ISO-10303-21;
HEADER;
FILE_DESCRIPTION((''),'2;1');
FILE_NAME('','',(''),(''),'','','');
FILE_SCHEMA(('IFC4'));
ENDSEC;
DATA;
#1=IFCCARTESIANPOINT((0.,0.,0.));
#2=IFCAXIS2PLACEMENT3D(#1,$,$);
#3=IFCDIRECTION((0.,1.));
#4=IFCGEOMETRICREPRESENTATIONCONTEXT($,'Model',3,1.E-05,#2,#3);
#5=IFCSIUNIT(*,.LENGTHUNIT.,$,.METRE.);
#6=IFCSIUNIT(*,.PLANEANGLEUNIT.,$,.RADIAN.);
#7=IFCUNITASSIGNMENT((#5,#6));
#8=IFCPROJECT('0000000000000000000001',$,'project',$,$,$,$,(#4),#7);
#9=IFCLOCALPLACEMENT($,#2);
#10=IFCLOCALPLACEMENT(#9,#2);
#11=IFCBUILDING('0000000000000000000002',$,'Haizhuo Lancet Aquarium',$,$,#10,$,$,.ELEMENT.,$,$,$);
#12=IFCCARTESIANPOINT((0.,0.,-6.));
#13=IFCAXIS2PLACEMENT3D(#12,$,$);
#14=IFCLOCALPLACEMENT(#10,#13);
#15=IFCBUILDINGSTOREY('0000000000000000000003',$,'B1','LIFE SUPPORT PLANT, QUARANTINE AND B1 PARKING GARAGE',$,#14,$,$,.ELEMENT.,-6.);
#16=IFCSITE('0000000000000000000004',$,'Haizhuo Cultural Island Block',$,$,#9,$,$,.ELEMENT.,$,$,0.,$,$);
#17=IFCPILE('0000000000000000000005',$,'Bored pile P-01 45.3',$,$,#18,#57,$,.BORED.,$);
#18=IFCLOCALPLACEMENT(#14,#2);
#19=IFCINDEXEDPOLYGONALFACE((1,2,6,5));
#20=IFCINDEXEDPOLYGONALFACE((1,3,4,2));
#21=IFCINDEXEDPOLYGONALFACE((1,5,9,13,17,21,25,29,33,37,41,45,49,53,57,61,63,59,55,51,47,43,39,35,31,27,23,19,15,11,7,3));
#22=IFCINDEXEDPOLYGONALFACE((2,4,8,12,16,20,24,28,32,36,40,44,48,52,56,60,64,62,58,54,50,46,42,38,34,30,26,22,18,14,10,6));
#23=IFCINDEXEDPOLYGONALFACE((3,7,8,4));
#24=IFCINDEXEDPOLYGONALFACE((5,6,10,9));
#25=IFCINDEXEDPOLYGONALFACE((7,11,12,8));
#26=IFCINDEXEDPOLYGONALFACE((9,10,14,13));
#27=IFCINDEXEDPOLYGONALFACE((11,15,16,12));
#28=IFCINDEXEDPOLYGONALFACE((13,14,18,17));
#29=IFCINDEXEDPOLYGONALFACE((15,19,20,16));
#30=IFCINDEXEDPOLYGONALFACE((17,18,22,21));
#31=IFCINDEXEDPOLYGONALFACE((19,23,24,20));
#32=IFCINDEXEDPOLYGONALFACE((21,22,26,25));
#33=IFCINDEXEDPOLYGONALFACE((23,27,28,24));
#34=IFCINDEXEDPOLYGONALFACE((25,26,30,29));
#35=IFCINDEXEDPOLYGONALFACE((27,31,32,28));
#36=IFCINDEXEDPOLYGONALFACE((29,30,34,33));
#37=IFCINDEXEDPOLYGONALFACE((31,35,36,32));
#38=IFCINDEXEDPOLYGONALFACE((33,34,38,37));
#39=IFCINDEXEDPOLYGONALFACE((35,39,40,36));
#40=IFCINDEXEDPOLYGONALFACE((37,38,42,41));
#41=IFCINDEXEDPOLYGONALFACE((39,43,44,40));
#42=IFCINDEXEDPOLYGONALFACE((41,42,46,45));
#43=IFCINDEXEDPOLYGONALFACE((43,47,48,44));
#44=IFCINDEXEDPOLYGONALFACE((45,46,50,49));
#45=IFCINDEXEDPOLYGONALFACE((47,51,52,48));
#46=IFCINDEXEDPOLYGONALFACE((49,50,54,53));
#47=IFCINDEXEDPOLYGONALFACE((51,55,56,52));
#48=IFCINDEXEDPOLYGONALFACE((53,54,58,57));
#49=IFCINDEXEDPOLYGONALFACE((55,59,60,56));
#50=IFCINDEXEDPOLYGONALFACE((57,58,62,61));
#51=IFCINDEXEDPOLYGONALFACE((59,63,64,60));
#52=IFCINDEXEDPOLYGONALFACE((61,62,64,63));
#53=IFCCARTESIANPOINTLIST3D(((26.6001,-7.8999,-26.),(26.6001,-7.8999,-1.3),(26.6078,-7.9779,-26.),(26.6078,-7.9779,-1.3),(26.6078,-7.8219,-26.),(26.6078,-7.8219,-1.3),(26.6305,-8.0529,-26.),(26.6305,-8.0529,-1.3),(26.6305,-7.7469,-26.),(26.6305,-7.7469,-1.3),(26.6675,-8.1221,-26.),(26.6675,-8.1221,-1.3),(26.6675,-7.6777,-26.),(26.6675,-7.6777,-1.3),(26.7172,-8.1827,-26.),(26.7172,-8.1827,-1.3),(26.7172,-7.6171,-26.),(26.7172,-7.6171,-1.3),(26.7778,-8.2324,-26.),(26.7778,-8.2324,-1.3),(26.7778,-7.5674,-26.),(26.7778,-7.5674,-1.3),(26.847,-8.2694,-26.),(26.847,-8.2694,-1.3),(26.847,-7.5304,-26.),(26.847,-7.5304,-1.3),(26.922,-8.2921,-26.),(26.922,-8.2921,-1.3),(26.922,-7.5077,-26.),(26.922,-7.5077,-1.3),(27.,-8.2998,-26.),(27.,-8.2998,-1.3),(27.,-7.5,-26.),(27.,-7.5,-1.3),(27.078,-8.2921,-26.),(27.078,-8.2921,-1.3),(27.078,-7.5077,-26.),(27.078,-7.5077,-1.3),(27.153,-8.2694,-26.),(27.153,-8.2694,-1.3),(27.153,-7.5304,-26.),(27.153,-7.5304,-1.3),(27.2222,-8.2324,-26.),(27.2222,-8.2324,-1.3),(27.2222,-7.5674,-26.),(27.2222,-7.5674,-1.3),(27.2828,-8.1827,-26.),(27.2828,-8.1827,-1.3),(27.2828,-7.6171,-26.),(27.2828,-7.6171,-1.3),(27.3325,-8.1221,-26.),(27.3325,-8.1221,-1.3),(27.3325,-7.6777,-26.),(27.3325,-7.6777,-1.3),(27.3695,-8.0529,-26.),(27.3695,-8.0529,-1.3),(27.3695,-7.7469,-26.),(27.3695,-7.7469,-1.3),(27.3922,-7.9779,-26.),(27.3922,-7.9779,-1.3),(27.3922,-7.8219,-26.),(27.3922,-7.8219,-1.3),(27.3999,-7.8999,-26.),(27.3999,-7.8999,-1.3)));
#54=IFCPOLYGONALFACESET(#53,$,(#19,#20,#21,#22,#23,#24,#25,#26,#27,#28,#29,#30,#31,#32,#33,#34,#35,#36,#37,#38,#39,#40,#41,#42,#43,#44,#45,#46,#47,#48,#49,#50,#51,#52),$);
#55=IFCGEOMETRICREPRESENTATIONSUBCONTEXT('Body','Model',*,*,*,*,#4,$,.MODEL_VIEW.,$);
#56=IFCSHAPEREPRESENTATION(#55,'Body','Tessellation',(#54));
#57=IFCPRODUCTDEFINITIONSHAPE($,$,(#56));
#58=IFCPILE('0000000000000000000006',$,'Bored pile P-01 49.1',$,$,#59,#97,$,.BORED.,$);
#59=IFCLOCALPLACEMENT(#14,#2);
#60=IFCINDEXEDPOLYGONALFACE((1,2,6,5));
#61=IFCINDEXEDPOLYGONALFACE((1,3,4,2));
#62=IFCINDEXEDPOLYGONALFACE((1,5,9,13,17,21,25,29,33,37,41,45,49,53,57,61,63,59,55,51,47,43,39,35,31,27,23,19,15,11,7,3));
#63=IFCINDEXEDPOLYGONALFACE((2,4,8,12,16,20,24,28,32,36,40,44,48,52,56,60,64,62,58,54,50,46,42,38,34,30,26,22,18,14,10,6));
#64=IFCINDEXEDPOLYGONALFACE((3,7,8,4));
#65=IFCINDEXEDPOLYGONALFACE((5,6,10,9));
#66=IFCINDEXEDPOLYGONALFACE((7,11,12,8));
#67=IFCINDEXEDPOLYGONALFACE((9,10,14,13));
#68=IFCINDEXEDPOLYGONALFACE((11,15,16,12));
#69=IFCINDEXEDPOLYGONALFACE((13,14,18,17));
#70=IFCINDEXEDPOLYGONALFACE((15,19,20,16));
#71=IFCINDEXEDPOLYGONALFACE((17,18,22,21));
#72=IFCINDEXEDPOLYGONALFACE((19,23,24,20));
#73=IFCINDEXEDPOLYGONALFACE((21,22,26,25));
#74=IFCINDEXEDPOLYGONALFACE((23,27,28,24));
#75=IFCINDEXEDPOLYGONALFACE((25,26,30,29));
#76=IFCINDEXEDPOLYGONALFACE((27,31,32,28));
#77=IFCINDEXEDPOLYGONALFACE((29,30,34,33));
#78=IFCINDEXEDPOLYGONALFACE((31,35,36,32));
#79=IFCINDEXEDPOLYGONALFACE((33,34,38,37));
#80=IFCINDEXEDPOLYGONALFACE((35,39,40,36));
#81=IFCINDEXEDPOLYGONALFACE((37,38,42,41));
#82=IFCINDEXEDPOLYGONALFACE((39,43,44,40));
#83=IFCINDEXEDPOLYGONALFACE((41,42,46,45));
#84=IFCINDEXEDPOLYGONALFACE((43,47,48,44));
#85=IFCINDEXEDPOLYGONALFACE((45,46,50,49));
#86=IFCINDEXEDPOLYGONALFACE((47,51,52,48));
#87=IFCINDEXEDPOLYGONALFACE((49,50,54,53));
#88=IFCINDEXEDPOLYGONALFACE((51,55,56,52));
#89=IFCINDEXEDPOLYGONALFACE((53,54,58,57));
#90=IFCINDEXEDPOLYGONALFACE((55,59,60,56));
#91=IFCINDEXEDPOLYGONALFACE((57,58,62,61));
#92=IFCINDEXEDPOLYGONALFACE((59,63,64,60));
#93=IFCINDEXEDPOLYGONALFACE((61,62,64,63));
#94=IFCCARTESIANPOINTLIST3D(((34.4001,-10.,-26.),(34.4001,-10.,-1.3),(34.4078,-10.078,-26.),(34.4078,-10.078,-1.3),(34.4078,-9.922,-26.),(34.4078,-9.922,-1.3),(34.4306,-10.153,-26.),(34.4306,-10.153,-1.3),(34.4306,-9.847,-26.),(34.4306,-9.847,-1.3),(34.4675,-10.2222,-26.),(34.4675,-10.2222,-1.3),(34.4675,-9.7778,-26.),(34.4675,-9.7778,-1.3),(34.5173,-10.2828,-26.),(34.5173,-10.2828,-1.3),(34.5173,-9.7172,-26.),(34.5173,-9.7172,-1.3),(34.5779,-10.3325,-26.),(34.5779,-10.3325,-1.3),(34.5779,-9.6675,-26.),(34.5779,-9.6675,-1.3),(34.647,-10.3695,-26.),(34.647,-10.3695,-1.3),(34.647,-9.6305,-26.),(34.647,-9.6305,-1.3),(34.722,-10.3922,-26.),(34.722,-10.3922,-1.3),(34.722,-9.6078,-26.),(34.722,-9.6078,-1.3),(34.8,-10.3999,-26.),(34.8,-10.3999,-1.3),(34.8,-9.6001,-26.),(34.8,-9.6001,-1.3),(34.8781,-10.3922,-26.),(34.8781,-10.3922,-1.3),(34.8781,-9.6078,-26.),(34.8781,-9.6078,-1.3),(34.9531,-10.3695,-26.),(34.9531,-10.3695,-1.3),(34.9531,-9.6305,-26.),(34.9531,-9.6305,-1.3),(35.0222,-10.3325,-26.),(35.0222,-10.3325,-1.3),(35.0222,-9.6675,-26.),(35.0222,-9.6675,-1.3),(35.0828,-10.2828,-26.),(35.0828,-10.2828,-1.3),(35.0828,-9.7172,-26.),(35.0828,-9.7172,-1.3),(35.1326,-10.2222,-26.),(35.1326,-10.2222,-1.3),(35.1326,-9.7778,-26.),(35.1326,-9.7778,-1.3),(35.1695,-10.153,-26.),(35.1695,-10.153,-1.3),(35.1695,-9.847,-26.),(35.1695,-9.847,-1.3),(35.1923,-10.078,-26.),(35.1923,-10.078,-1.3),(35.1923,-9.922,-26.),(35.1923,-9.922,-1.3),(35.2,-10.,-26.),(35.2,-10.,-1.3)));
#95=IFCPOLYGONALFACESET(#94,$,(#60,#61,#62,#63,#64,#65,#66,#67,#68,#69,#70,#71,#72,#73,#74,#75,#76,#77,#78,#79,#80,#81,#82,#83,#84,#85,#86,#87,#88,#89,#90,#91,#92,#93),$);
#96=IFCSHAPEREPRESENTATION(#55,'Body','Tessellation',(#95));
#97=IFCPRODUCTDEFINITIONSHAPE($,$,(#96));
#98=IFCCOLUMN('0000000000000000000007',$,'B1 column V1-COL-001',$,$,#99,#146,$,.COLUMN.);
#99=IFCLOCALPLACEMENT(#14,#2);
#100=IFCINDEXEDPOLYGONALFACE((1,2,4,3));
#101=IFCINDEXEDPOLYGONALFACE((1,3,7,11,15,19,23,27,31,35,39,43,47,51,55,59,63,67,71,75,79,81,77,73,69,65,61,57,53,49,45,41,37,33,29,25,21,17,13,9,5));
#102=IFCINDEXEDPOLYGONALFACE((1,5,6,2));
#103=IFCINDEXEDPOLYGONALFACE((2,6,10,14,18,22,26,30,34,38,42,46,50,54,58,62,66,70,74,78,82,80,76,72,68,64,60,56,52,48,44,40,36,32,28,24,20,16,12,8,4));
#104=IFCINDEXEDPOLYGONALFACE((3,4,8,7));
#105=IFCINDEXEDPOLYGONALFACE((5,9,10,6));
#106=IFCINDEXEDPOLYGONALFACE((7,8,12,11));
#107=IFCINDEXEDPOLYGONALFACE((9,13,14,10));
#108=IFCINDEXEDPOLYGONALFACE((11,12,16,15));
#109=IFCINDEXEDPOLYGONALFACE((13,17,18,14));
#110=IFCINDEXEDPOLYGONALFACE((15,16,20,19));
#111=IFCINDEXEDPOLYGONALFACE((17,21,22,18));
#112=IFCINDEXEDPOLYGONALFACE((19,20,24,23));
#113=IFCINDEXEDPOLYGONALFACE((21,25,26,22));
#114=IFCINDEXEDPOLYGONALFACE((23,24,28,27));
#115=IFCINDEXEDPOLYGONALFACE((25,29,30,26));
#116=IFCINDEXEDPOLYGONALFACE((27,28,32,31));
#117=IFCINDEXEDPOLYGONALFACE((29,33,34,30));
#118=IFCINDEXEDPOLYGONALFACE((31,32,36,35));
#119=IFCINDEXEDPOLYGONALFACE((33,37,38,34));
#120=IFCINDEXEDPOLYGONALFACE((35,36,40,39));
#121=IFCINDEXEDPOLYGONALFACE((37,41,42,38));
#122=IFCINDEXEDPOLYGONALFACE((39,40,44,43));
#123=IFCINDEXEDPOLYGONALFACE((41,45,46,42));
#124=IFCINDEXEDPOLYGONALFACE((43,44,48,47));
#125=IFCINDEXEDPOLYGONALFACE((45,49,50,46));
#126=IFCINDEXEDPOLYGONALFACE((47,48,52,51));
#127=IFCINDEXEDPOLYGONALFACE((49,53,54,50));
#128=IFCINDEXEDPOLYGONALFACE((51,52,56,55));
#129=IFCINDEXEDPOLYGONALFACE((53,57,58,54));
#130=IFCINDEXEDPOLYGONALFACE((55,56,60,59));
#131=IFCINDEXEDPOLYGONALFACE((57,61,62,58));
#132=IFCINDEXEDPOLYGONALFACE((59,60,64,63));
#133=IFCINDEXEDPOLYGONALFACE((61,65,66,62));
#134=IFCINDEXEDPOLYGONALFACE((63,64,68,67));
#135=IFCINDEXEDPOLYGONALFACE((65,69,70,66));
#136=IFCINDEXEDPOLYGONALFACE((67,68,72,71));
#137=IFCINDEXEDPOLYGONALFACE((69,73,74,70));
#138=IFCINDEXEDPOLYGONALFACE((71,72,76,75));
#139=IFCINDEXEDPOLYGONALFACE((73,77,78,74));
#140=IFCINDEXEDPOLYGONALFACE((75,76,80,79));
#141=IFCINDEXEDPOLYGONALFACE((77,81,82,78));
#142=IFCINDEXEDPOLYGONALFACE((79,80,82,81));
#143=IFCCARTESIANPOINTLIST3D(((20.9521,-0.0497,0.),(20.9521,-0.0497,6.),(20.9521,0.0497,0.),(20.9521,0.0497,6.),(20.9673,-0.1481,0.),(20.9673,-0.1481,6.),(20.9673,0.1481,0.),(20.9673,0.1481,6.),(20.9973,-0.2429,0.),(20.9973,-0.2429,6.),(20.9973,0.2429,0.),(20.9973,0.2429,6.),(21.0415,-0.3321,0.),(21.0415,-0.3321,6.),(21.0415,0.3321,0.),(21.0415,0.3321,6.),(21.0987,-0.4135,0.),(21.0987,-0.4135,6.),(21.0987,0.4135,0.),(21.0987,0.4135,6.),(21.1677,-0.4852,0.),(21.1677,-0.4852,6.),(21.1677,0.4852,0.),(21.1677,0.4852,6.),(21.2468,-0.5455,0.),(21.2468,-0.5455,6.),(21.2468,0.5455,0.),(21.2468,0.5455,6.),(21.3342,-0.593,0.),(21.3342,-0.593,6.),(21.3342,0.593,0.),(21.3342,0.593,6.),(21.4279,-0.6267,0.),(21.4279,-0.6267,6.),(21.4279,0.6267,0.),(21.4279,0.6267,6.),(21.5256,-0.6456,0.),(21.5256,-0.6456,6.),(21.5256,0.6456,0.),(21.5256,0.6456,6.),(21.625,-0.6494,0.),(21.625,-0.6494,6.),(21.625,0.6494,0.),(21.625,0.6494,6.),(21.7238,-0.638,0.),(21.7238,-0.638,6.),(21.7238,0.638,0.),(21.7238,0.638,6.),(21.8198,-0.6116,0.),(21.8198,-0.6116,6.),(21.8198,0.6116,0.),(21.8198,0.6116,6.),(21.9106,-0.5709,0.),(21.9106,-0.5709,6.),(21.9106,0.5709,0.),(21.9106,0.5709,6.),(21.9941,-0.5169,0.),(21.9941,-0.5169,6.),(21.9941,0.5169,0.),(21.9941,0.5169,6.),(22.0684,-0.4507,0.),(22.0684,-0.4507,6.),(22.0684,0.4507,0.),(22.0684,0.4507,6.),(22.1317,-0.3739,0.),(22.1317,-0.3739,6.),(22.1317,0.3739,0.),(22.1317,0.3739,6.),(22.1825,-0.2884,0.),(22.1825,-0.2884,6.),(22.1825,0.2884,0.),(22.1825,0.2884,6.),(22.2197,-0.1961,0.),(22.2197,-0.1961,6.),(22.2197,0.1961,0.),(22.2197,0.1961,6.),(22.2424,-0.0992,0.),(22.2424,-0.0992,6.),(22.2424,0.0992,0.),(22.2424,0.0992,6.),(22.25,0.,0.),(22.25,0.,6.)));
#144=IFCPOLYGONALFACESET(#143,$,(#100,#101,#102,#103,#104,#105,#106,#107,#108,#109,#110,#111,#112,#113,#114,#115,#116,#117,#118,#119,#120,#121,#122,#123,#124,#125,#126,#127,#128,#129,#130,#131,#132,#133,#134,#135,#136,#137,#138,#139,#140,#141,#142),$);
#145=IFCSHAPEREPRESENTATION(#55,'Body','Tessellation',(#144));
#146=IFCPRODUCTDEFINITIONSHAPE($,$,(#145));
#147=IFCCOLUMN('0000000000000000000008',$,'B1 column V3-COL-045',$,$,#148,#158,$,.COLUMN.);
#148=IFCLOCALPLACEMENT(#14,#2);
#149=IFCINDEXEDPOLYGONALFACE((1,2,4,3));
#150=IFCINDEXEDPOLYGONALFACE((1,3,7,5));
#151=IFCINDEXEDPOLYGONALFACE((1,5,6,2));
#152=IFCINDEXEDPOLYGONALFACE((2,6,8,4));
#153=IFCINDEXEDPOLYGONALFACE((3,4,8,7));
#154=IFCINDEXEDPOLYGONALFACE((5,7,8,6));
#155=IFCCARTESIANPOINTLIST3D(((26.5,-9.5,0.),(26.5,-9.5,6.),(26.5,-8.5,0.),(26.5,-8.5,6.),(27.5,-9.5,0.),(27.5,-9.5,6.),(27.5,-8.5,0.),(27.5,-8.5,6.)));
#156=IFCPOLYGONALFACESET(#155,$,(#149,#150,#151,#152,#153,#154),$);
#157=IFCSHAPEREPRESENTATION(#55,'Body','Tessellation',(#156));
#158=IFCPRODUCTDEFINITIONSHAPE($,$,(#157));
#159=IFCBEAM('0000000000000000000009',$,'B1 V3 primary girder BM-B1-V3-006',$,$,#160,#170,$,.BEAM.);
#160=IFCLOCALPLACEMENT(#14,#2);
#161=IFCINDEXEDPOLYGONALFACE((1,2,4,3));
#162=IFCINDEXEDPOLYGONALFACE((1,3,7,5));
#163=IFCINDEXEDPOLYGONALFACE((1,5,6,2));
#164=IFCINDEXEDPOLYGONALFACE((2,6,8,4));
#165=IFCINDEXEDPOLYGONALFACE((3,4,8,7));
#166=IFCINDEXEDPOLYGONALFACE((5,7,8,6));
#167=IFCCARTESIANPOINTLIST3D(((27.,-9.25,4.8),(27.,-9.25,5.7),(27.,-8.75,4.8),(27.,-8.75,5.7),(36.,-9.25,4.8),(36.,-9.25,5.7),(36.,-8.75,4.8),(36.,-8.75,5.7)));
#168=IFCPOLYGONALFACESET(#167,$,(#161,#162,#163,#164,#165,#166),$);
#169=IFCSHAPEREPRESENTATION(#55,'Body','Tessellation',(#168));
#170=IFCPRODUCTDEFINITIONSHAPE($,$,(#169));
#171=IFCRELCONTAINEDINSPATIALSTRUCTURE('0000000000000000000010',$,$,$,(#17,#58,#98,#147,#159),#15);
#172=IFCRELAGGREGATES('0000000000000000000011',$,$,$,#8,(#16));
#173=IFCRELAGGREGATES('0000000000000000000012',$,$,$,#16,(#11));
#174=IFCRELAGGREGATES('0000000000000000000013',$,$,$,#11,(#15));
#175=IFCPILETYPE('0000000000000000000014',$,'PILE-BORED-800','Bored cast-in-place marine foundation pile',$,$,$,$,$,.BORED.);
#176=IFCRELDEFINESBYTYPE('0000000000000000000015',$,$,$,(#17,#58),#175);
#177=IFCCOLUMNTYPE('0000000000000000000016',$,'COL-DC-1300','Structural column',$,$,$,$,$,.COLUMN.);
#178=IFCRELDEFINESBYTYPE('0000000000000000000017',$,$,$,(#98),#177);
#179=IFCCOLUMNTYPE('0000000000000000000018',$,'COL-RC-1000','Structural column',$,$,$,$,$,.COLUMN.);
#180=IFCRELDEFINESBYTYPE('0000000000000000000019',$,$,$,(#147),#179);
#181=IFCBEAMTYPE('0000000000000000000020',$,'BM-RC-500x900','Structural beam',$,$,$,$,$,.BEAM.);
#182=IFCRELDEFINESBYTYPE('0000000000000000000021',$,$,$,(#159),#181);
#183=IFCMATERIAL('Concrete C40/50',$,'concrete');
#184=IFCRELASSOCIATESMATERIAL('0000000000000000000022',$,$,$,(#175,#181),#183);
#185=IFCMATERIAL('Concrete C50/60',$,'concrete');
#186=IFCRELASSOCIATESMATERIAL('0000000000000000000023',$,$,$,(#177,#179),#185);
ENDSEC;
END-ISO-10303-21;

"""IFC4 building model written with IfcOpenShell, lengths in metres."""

from ifc_helpers import new_model, si_unit, direction, frame, origin, origin_2d, place, context, subcontext, project, spatial, rectangle, circle, extrude, material, material_profile, profile_set, type_object, element, save


model = new_model("IFC4")

# Units and contexts
model_context = context("Model", 3, precision=1e-05, world=origin(), true_north=direction((0.0, 1.0)))
body_context = subcontext(model_context, "Body", "Model", "MODEL_VIEW")
ifc_project = project(units=[si_unit("LENGTHUNIT", "METRE"), si_unit("PLANEANGLEUNIT", "RADIAN")], contexts=[model_context])

# Site, building, storey
site_placement = place(None, origin())
site = spatial("IfcSite", under=ifc_project, at=site_placement, Name="Haizhuo Cultural Island Block", CompositionType="ELEMENT", RefElevation=0.0)
building_placement = place(site_placement, origin())
building = spatial("IfcBuilding", under=site, at=building_placement, Name="Haizhuo Lancet Aquarium", CompositionType="ELEMENT")
storey_placement = place(building_placement, frame((0.0, 0.0, -6.0)))
storey = spatial("IfcBuildingStorey", under=building, at=storey_placement, Name="B1", Description="LIFE SUPPORT PLANT, QUARANTINE AND B1 PARKING GARAGE", CompositionType="ELEMENT", Elevation=-6.0)

# Shared definitions
ifc_material_1 = material(Name="Concrete C40/50", Category="concrete")

# Piles
ifc_material_profile_1 = material_profile(ifc_material_1, circle(Radius=0.3999, at=origin_2d()), Name="PILE-800")
ifc_profile_set_1 = profile_set([ifc_material_profile_1], Name="Concrete C40/50")
pile_type_1 = type_object("IfcPileType", Name="PILE-BORED-800", Description="Bored cast-in-place marine foundation pile", PredefinedType="BORED", material=ifc_profile_set_1)
for number, where, z_axis, x_axis, name in (
    (1, (27.0, -7.8999, -1.3), (0.0, 0.0, -1.0), (1.0, 0.0, 0.0), "Bored pile P-01 45.3"),
    (2, (34.8, -10.0, -1.3), (0.0, 0.0, -1.0), (1.0, 0.0, 0.0), "Bored pile P-01 49.1"),
):
    element("IfcPile", number, at=place(storey_placement, frame(where, z_axis=z_axis, x_axis=x_axis)), inside=storey, type_object=pile_type_1, Name=name, PredefinedType="BORED", context=body_context, shape_type="SweptSolid", body=[
        extrude(circle(Radius=0.3999, at=origin_2d()), origin(), (0.0, 0.0, 1.0), 24.7),
    ])

# Columns
ifc_material_2 = material(Name="Concrete C50/60", Category="concrete")
ifc_material_profile_2 = material_profile(ifc_material_2, circle(Radius=0.6499, at=origin_2d()), Name="RC-DC 1300")
ifc_profile_set_2 = profile_set([ifc_material_profile_2], Name="Concrete C50/60")
column_type_1 = type_object("IfcColumnType", Name="COL-DC-1300", Description="Structural column", PredefinedType="COLUMN", material=ifc_profile_set_2)
column_1_placement = place(storey_placement, frame((21.6001, 0.0, 0.0), z_axis=(0.0, 0.0, 1.0), x_axis=(1.0, 0.0, 0.0)))
element("IfcColumn", 3, at=column_1_placement, inside=storey, type_object=column_type_1, Name="B1 column V1-COL-001", PredefinedType="COLUMN", context=body_context, shape_type="SweptSolid", body=[
    extrude(circle(Radius=0.6499, at=origin_2d()), origin(), (0.0, 0.0, 1.0), 6.0),
])
ifc_material_profile_3 = material_profile(ifc_material_2, rectangle(XDim=1.0, YDim=1.0, at=origin_2d()), Name="RC-COL 1000x1000")
ifc_profile_set_3 = profile_set([ifc_material_profile_3], Name="Concrete C50/60")
column_type_2 = type_object("IfcColumnType", Name="COL-RC-1000", Description="Structural column", PredefinedType="COLUMN", material=ifc_profile_set_3)
column_2_placement = place(storey_placement, frame((27.0, -9.0, 0.0), z_axis=(0.0, 0.0, 1.0), x_axis=(1.0, 0.0, 0.0)))
element("IfcColumn", 4, at=column_2_placement, inside=storey, type_object=column_type_2, Name="B1 column V3-COL-045", PredefinedType="COLUMN", context=body_context, shape_type="SweptSolid", body=[
    extrude(rectangle(XDim=1.0, YDim=1.0, at=origin_2d()), origin(), (0.0, 0.0, 1.0), 6.0),
])

# Beam
ifc_material_profile_4 = material_profile(ifc_material_1, rectangle(XDim=0.5, YDim=0.8999, at=origin_2d()), Name="RC-BM 500x900")
ifc_profile_set_4 = profile_set([ifc_material_profile_4], Name="Concrete C40/50")
beam_type_1 = type_object("IfcBeamType", Name="BM-RC-500x900", Description="Structural beam", PredefinedType="BEAM", material=ifc_profile_set_4)
beam_1_placement = place(storey_placement, frame((27.0, -9.0, 5.25), z_axis=(1.0, 0.0, 0.0), x_axis=(0.0, 1.0, 0.0)))
element("IfcBeam", 5, at=beam_1_placement, inside=storey, type_object=beam_type_1, Name="B1 V3 primary girder BM-B1-V3-006", PredefinedType="BEAM", context=body_context, shape_type="SweptSolid", body=[
    extrude(rectangle(XDim=0.5, YDim=0.8999, at=origin_2d()), origin(), (0.0, 0.0, 1.0), 9.0),
])

save(model, "model.ifc")
